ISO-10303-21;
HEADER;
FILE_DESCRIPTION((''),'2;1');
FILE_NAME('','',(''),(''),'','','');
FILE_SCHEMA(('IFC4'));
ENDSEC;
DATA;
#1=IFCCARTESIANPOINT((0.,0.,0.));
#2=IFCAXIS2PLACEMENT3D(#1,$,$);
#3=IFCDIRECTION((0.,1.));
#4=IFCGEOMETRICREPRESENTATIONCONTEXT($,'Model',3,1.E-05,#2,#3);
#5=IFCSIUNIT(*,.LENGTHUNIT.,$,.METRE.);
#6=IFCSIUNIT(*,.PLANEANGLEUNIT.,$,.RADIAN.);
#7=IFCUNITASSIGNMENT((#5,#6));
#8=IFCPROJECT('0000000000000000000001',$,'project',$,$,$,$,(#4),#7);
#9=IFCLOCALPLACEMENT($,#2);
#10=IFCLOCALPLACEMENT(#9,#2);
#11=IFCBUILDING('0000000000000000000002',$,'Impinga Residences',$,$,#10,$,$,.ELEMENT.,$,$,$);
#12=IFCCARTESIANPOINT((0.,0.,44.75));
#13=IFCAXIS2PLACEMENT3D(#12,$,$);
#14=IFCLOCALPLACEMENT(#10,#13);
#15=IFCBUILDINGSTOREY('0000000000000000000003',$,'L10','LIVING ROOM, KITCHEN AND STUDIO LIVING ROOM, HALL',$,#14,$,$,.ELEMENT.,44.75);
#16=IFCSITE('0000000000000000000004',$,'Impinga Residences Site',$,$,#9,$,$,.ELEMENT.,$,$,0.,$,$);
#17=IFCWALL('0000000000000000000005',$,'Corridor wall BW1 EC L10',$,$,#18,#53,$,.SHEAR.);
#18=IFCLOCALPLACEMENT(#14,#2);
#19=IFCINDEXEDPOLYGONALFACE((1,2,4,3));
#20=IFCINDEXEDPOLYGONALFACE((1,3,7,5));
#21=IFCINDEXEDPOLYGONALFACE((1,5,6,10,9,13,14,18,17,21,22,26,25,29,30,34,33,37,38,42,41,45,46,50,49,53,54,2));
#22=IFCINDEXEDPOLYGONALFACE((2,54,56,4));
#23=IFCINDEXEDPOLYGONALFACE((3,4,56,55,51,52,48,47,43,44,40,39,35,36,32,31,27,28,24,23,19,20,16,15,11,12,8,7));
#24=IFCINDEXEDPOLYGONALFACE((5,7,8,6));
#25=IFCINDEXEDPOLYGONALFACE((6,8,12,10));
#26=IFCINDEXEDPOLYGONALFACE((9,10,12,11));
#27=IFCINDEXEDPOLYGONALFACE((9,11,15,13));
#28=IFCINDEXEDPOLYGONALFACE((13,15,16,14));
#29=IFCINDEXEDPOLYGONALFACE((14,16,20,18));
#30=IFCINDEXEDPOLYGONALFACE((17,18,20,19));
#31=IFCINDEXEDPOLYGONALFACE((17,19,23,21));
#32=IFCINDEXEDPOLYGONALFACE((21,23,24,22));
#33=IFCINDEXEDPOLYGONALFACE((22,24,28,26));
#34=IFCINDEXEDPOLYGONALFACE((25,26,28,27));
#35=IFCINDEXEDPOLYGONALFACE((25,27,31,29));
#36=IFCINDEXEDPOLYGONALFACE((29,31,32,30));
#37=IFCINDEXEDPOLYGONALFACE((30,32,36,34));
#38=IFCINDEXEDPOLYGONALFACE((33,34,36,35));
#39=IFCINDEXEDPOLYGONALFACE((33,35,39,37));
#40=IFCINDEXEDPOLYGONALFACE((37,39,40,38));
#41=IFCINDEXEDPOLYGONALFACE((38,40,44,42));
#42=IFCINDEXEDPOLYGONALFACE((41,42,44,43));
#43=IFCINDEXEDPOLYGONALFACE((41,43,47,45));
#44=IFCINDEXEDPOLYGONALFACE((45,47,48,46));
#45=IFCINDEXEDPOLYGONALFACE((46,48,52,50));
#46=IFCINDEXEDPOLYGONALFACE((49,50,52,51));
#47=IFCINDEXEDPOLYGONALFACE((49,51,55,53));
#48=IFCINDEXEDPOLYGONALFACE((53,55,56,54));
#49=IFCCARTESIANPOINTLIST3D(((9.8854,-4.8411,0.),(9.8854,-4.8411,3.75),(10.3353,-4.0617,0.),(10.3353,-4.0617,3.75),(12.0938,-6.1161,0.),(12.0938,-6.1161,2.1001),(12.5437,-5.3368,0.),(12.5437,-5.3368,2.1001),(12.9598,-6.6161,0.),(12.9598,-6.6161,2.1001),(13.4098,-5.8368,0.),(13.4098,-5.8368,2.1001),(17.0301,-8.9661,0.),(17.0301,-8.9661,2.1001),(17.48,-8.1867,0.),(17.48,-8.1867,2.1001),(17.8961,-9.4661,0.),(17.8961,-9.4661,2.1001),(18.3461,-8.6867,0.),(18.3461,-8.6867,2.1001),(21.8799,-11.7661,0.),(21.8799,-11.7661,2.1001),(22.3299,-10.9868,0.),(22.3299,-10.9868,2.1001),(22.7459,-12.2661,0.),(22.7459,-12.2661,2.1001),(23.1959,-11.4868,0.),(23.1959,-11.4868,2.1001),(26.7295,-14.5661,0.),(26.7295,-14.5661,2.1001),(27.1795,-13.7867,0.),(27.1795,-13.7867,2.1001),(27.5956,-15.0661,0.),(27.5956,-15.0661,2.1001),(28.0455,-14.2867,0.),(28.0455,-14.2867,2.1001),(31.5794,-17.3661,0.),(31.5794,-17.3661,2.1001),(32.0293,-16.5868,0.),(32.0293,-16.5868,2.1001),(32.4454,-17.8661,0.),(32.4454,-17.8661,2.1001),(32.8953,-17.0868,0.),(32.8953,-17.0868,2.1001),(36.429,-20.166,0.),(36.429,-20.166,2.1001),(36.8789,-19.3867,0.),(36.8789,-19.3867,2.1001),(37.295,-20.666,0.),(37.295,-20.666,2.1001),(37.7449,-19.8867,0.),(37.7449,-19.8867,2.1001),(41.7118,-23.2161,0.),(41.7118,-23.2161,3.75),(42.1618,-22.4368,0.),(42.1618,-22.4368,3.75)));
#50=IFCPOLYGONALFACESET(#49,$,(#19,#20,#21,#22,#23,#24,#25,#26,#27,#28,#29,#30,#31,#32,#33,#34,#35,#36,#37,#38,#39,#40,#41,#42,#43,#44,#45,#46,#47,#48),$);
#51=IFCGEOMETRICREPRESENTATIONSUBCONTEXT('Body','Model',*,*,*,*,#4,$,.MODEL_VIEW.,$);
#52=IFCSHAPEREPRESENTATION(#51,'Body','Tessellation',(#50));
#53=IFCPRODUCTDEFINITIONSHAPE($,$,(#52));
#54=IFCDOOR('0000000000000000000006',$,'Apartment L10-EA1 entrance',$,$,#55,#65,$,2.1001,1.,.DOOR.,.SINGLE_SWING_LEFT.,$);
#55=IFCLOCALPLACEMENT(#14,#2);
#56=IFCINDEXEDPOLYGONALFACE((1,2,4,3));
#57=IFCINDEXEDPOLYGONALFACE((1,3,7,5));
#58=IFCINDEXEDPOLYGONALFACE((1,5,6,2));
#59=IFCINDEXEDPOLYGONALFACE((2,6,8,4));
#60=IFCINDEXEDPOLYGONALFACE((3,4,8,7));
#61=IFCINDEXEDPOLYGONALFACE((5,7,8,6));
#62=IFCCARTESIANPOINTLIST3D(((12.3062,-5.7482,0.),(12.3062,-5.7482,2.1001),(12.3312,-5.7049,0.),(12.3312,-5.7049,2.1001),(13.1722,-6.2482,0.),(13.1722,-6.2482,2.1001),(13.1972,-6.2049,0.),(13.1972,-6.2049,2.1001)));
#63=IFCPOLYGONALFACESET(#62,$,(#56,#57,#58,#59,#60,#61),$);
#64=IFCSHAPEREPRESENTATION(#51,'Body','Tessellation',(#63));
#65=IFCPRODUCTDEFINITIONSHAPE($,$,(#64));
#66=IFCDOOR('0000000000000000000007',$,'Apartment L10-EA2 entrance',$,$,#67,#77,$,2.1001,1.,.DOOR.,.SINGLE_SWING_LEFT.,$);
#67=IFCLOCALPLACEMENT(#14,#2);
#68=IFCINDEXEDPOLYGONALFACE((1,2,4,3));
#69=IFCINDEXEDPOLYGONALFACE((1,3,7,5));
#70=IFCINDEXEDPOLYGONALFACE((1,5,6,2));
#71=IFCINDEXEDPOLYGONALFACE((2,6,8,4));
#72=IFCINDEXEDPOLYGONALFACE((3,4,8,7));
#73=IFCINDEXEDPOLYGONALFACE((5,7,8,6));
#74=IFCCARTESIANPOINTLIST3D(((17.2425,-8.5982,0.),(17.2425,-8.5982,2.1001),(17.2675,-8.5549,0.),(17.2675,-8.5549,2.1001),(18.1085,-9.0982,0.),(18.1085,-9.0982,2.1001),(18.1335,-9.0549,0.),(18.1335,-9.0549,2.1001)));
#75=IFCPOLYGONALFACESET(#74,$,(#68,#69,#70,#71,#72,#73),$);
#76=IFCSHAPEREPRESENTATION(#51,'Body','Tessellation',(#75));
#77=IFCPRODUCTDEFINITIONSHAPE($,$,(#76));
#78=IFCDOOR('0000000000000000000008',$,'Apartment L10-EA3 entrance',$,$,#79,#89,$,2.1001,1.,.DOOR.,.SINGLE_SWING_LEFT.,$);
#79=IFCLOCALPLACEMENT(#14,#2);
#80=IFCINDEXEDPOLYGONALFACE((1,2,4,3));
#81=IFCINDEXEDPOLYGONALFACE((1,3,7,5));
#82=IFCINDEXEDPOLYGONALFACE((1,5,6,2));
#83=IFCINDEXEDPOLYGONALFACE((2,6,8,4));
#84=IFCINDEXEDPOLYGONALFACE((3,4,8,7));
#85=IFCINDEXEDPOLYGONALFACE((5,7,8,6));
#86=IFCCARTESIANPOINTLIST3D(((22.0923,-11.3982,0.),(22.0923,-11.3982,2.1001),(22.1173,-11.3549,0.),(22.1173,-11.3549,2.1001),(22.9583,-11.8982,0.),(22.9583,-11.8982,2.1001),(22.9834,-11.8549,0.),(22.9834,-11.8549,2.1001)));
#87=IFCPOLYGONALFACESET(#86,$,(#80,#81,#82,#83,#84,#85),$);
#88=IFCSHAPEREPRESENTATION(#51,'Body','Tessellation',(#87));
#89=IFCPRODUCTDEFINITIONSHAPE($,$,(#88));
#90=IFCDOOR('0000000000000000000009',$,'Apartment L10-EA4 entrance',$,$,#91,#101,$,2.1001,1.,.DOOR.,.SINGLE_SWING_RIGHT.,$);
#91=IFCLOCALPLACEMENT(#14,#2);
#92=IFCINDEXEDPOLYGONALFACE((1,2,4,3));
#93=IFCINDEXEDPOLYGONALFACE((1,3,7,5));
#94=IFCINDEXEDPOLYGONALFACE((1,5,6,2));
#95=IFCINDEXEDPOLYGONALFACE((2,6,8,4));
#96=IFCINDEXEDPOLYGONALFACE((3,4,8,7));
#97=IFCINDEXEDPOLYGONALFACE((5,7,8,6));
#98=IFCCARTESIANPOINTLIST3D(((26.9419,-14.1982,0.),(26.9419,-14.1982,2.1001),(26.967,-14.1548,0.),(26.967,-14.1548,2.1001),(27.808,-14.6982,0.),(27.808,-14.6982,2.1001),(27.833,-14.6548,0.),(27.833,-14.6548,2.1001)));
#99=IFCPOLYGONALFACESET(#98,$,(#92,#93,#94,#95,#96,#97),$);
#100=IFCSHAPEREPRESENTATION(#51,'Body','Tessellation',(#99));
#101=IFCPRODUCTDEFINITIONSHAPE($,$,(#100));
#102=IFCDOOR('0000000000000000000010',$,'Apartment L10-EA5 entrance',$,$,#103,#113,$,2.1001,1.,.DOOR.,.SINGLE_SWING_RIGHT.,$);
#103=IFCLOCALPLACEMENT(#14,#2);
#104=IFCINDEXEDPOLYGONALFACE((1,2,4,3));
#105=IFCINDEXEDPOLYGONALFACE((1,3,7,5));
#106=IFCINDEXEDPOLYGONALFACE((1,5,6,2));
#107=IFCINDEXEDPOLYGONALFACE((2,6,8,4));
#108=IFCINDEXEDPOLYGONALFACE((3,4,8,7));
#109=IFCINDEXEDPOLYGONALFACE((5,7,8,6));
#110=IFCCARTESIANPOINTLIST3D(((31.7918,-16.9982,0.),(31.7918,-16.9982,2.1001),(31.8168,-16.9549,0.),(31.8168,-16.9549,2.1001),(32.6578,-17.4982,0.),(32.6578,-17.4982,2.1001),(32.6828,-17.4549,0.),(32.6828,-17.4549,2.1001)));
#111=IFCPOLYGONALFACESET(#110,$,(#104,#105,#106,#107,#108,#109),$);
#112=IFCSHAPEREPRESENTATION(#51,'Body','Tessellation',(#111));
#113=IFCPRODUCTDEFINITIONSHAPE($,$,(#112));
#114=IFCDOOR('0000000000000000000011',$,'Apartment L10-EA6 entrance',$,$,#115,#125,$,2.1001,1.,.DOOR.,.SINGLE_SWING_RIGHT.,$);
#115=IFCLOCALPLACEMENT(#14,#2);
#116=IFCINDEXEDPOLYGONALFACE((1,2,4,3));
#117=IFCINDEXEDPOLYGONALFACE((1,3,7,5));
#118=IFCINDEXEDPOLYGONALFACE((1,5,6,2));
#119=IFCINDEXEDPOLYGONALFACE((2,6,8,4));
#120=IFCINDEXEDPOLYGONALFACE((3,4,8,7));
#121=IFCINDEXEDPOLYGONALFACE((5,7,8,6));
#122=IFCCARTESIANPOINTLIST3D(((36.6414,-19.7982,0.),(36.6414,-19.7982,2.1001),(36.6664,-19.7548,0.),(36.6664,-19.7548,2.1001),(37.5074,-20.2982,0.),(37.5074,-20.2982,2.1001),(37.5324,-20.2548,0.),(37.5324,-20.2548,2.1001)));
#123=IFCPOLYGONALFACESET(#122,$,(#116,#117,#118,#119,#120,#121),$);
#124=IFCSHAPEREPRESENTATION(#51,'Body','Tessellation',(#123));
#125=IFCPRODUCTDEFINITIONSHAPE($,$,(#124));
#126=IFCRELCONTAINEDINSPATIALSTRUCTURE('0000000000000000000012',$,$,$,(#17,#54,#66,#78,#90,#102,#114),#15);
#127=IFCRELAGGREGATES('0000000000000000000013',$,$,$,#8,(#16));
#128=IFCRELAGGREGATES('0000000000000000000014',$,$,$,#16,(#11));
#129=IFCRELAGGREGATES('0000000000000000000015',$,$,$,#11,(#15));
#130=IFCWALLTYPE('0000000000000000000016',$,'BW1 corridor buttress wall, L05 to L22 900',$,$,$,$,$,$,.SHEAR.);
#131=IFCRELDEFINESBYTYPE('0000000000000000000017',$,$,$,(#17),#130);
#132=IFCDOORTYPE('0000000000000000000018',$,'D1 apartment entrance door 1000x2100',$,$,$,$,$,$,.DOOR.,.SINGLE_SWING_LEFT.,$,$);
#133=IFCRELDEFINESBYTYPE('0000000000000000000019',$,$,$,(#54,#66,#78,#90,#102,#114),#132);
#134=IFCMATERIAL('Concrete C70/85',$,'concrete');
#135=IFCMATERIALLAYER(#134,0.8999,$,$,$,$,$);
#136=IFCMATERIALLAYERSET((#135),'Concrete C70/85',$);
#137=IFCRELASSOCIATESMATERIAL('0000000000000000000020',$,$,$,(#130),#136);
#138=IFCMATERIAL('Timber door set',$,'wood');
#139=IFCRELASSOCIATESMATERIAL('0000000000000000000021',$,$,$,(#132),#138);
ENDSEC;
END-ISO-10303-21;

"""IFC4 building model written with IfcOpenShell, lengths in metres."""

from ifc_helpers import new_model, si_unit, direction, frame, frame_2d, origin, place, context, subcontext, project, spatial, rectangle, extrude, material, layer, layer_set, type_object, element, fill, save


model = new_model("IFC4")

# Units and contexts
model_context = context("Model", 3, precision=1e-05, world=origin(), true_north=direction((0.0, 1.0)))
body_context = subcontext(model_context, "Body", "Model", "MODEL_VIEW")
ifc_project = project(units=[si_unit("LENGTHUNIT", "METRE"), si_unit("PLANEANGLEUNIT", "RADIAN")], contexts=[model_context])

# Site, building, storey
site_placement = place(None, origin())
site = spatial("IfcSite", under=ifc_project, at=site_placement, Name="Impinga Residences Site", CompositionType="ELEMENT", RefElevation=0.0)
building_placement = place(site_placement, origin())
building = spatial("IfcBuilding", under=site, at=building_placement, Name="Impinga Residences", CompositionType="ELEMENT")
storey_placement = place(building_placement, frame((0.0, 0.0, 44.75)))
storey = spatial("IfcBuildingStorey", under=building, at=storey_placement, Name="L10", Description="LIVING ROOM, KITCHEN AND STUDIO LIVING ROOM, HALL", CompositionType="ELEMENT", Elevation=44.75)

# Wall, openings, doors
ifc_material_1 = material(Name="Concrete C70/85", Category="concrete")
ifc_layer_1 = layer(ifc_material_1, 0.8999)
ifc_layer_set_1 = layer_set([ifc_layer_1], Name="Concrete C70/85")
wall_type_1 = type_object("IfcWallType", Name="BW1 corridor buttress wall, L05 to L22 900", PredefinedType="SHEAR", material=ifc_layer_set_1)
wall_1_placement = place(storey_placement, frame((10.1104, -4.4514, 0.0), z_axis=(0.0, 0.0, 1.0), x_axis=(0.866025, -0.5, 0.0)))
wall_1 = element("IfcWall", 1, at=wall_1_placement, inside=storey, type_object=wall_type_1, Name="Corridor wall BW1 EC L10", PredefinedType="SHEAR", context=body_context, shape_type="SweptSolid", body=[
    extrude(rectangle(XDim=36.75, YDim=0.8999, at=frame_2d((18.375, 0.0))), origin(), (0.0, 0.0, 1.0), 3.75),
])
opening_1_placement = place(wall_1_placement, frame((2.55, 0.0, 0.0)))
opening_1 = element("IfcOpeningElement", 2, at=opening_1_placement, cuts=wall_1, PredefinedType="OPENING", context=body_context, shape_type="SweptSolid", body=[
    extrude(rectangle(XDim=1.0, YDim=2.1001, at=frame_2d((0.5, 1.05))), frame((0.0, 0.46, 0.0), z_axis=(0.0, -1.0, 0.0), x_axis=(1.0, 0.0, 0.0)), (0.0, 0.0, 1.0), 0.9199),
])
opening_2_placement = place(wall_1_placement, frame((8.25, 0.0, 0.0)))
opening_2 = element("IfcOpeningElement", 3, at=opening_2_placement, cuts=wall_1, PredefinedType="OPENING", context=body_context, shape_type="SweptSolid", body=[
    extrude(rectangle(XDim=1.0, YDim=2.1001, at=frame_2d((0.5, 1.05))), frame((0.0, 0.46, 0.0), z_axis=(0.0, -1.0, 0.0), x_axis=(1.0, 0.0, 0.0)), (0.0, 0.0, 1.0), 0.9199),
])
opening_3_placement = place(wall_1_placement, frame((13.8501, 0.0, 0.0)))
opening_3 = element("IfcOpeningElement", 4, at=opening_3_placement, cuts=wall_1, PredefinedType="OPENING", context=body_context, shape_type="SweptSolid", body=[
    extrude(rectangle(XDim=1.0, YDim=2.1001, at=frame_2d((0.5, 1.05))), frame((0.0, 0.46, 0.0), z_axis=(0.0, -1.0, 0.0), x_axis=(1.0, 0.0, 0.0)), (0.0, 0.0, 1.0), 0.9199),
])
opening_4_placement = place(wall_1_placement, frame((19.45, 0.0, 0.0)))
opening_4 = element("IfcOpeningElement", 5, at=opening_4_placement, cuts=wall_1, PredefinedType="OPENING", context=body_context, shape_type="SweptSolid", body=[
    extrude(rectangle(XDim=1.0, YDim=2.1001, at=frame_2d((0.5, 1.05))), frame((0.0, 0.46, 0.0), z_axis=(0.0, -1.0, 0.0), x_axis=(1.0, 0.0, 0.0)), (0.0, 0.0, 1.0), 0.9199),
])
opening_5_placement = place(wall_1_placement, frame((25.05, 0.0, 0.0)))
opening_5 = element("IfcOpeningElement", 6, at=opening_5_placement, cuts=wall_1, PredefinedType="OPENING", context=body_context, shape_type="SweptSolid", body=[
    extrude(rectangle(XDim=1.0, YDim=2.1001, at=frame_2d((0.5, 1.05))), frame((0.0, 0.46, 0.0), z_axis=(0.0, -1.0, 0.0), x_axis=(1.0, 0.0, 0.0)), (0.0, 0.0, 1.0), 0.9199),
])
opening_6_placement = place(wall_1_placement, frame((30.6499, 0.0, 0.0)))
opening_6 = element("IfcOpeningElement", 7, at=opening_6_placement, cuts=wall_1, PredefinedType="OPENING", context=body_context, shape_type="SweptSolid", body=[
    extrude(rectangle(XDim=1.0, YDim=2.1001, at=frame_2d((0.5, 1.05))), frame((0.0, 0.46, 0.0), z_axis=(0.0, -1.0, 0.0), x_axis=(1.0, 0.0, 0.0)), (0.0, 0.0, 1.0), 0.9199),
])
ifc_material_2 = material(Name="Timber door set", Category="wood")
door_type_1 = type_object("IfcDoorType", Name="D1 apartment entrance door 1000x2100", OperationType="SINGLE_SWING_LEFT", PredefinedType="DOOR", material=ifc_material_2)
door_1_placement = place(opening_1_placement, origin())
door_1 = element("IfcDoor", 8, at=door_1_placement, inside=storey, type_object=door_type_1, Name="Apartment L10-EA1 entrance", OperationType="SINGLE_SWING_LEFT", OverallHeight=2.1001, OverallWidth=1.0, PredefinedType="DOOR", context=body_context, shape_type="SweptSolid", body=[
    extrude(rectangle(XDim=1.0, YDim=2.1001, at=frame_2d((0.5, 1.05))), frame((0.0, 0.0249, 0.0), z_axis=(0.0, -1.0, 0.0), x_axis=(1.0, 0.0, 0.0)), (0.0, 0.0, 1.0), 0.05),
])
fill(opening_1, door_1)
door_2_placement = place(opening_2_placement, origin())
door_2 = element("IfcDoor", 9, at=door_2_placement, inside=storey, type_object=door_type_1, Name="Apartment L10-EA2 entrance", OperationType="SINGLE_SWING_LEFT", OverallHeight=2.1001, OverallWidth=1.0, PredefinedType="DOOR", context=body_context, shape_type="SweptSolid", body=[
    extrude(rectangle(XDim=1.0, YDim=2.1001, at=frame_2d((0.5, 1.05))), frame((0.0, 0.0249, 0.0), z_axis=(0.0, -1.0, 0.0), x_axis=(1.0, 0.0, 0.0)), (0.0, 0.0, 1.0), 0.05),
])
fill(opening_2, door_2)
door_3_placement = place(opening_3_placement, origin())
door_3 = element("IfcDoor", 10, at=door_3_placement, inside=storey, type_object=door_type_1, Name="Apartment L10-EA3 entrance", OperationType="SINGLE_SWING_LEFT", OverallHeight=2.1001, OverallWidth=1.0, PredefinedType="DOOR", context=body_context, shape_type="SweptSolid", body=[
    extrude(rectangle(XDim=1.0, YDim=2.1001, at=frame_2d((0.5, 1.05))), frame((0.0, 0.0249, 0.0), z_axis=(0.0, -1.0, 0.0), x_axis=(1.0, 0.0, 0.0)), (0.0, 0.0, 1.0), 0.05),
])
fill(opening_3, door_3)
door_4_placement = place(opening_4_placement, origin())
door_4 = element("IfcDoor", 11, at=door_4_placement, inside=storey, type_object=door_type_1, Name="Apartment L10-EA4 entrance", OperationType="SINGLE_SWING_RIGHT", OverallHeight=2.1001, OverallWidth=1.0, PredefinedType="DOOR", context=body_context, shape_type="SweptSolid", body=[
    extrude(rectangle(XDim=1.0, YDim=2.1001, at=frame_2d((0.5, 1.05))), frame((0.0, 0.0249, 0.0), z_axis=(0.0, -1.0, 0.0), x_axis=(1.0, 0.0, 0.0)), (0.0, 0.0, 1.0), 0.05),
])
fill(opening_4, door_4)
door_5_placement = place(opening_5_placement, origin())
door_5 = element("IfcDoor", 12, at=door_5_placement, inside=storey, type_object=door_type_1, Name="Apartment L10-EA5 entrance", OperationType="SINGLE_SWING_RIGHT", OverallHeight=2.1001, OverallWidth=1.0, PredefinedType="DOOR", context=body_context, shape_type="SweptSolid", body=[
    extrude(rectangle(XDim=1.0, YDim=2.1001, at=frame_2d((0.5, 1.05))), frame((0.0, 0.0249, 0.0), z_axis=(0.0, -1.0, 0.0), x_axis=(1.0, 0.0, 0.0)), (0.0, 0.0, 1.0), 0.05),
])
fill(opening_5, door_5)
door_6_placement = place(opening_6_placement, origin())
door_6 = element("IfcDoor", 13, at=door_6_placement, inside=storey, type_object=door_type_1, Name="Apartment L10-EA6 entrance", OperationType="SINGLE_SWING_RIGHT", OverallHeight=2.1001, OverallWidth=1.0, PredefinedType="DOOR", context=body_context, shape_type="SweptSolid", body=[
    extrude(rectangle(XDim=1.0, YDim=2.1001, at=frame_2d((0.5, 1.05))), frame((0.0, 0.0249, 0.0), z_axis=(0.0, -1.0, 0.0), x_axis=(1.0, 0.0, 0.0)), (0.0, 0.0, 1.0), 0.05),
])
fill(opening_6, door_6)

save(model, "model.ifc")
